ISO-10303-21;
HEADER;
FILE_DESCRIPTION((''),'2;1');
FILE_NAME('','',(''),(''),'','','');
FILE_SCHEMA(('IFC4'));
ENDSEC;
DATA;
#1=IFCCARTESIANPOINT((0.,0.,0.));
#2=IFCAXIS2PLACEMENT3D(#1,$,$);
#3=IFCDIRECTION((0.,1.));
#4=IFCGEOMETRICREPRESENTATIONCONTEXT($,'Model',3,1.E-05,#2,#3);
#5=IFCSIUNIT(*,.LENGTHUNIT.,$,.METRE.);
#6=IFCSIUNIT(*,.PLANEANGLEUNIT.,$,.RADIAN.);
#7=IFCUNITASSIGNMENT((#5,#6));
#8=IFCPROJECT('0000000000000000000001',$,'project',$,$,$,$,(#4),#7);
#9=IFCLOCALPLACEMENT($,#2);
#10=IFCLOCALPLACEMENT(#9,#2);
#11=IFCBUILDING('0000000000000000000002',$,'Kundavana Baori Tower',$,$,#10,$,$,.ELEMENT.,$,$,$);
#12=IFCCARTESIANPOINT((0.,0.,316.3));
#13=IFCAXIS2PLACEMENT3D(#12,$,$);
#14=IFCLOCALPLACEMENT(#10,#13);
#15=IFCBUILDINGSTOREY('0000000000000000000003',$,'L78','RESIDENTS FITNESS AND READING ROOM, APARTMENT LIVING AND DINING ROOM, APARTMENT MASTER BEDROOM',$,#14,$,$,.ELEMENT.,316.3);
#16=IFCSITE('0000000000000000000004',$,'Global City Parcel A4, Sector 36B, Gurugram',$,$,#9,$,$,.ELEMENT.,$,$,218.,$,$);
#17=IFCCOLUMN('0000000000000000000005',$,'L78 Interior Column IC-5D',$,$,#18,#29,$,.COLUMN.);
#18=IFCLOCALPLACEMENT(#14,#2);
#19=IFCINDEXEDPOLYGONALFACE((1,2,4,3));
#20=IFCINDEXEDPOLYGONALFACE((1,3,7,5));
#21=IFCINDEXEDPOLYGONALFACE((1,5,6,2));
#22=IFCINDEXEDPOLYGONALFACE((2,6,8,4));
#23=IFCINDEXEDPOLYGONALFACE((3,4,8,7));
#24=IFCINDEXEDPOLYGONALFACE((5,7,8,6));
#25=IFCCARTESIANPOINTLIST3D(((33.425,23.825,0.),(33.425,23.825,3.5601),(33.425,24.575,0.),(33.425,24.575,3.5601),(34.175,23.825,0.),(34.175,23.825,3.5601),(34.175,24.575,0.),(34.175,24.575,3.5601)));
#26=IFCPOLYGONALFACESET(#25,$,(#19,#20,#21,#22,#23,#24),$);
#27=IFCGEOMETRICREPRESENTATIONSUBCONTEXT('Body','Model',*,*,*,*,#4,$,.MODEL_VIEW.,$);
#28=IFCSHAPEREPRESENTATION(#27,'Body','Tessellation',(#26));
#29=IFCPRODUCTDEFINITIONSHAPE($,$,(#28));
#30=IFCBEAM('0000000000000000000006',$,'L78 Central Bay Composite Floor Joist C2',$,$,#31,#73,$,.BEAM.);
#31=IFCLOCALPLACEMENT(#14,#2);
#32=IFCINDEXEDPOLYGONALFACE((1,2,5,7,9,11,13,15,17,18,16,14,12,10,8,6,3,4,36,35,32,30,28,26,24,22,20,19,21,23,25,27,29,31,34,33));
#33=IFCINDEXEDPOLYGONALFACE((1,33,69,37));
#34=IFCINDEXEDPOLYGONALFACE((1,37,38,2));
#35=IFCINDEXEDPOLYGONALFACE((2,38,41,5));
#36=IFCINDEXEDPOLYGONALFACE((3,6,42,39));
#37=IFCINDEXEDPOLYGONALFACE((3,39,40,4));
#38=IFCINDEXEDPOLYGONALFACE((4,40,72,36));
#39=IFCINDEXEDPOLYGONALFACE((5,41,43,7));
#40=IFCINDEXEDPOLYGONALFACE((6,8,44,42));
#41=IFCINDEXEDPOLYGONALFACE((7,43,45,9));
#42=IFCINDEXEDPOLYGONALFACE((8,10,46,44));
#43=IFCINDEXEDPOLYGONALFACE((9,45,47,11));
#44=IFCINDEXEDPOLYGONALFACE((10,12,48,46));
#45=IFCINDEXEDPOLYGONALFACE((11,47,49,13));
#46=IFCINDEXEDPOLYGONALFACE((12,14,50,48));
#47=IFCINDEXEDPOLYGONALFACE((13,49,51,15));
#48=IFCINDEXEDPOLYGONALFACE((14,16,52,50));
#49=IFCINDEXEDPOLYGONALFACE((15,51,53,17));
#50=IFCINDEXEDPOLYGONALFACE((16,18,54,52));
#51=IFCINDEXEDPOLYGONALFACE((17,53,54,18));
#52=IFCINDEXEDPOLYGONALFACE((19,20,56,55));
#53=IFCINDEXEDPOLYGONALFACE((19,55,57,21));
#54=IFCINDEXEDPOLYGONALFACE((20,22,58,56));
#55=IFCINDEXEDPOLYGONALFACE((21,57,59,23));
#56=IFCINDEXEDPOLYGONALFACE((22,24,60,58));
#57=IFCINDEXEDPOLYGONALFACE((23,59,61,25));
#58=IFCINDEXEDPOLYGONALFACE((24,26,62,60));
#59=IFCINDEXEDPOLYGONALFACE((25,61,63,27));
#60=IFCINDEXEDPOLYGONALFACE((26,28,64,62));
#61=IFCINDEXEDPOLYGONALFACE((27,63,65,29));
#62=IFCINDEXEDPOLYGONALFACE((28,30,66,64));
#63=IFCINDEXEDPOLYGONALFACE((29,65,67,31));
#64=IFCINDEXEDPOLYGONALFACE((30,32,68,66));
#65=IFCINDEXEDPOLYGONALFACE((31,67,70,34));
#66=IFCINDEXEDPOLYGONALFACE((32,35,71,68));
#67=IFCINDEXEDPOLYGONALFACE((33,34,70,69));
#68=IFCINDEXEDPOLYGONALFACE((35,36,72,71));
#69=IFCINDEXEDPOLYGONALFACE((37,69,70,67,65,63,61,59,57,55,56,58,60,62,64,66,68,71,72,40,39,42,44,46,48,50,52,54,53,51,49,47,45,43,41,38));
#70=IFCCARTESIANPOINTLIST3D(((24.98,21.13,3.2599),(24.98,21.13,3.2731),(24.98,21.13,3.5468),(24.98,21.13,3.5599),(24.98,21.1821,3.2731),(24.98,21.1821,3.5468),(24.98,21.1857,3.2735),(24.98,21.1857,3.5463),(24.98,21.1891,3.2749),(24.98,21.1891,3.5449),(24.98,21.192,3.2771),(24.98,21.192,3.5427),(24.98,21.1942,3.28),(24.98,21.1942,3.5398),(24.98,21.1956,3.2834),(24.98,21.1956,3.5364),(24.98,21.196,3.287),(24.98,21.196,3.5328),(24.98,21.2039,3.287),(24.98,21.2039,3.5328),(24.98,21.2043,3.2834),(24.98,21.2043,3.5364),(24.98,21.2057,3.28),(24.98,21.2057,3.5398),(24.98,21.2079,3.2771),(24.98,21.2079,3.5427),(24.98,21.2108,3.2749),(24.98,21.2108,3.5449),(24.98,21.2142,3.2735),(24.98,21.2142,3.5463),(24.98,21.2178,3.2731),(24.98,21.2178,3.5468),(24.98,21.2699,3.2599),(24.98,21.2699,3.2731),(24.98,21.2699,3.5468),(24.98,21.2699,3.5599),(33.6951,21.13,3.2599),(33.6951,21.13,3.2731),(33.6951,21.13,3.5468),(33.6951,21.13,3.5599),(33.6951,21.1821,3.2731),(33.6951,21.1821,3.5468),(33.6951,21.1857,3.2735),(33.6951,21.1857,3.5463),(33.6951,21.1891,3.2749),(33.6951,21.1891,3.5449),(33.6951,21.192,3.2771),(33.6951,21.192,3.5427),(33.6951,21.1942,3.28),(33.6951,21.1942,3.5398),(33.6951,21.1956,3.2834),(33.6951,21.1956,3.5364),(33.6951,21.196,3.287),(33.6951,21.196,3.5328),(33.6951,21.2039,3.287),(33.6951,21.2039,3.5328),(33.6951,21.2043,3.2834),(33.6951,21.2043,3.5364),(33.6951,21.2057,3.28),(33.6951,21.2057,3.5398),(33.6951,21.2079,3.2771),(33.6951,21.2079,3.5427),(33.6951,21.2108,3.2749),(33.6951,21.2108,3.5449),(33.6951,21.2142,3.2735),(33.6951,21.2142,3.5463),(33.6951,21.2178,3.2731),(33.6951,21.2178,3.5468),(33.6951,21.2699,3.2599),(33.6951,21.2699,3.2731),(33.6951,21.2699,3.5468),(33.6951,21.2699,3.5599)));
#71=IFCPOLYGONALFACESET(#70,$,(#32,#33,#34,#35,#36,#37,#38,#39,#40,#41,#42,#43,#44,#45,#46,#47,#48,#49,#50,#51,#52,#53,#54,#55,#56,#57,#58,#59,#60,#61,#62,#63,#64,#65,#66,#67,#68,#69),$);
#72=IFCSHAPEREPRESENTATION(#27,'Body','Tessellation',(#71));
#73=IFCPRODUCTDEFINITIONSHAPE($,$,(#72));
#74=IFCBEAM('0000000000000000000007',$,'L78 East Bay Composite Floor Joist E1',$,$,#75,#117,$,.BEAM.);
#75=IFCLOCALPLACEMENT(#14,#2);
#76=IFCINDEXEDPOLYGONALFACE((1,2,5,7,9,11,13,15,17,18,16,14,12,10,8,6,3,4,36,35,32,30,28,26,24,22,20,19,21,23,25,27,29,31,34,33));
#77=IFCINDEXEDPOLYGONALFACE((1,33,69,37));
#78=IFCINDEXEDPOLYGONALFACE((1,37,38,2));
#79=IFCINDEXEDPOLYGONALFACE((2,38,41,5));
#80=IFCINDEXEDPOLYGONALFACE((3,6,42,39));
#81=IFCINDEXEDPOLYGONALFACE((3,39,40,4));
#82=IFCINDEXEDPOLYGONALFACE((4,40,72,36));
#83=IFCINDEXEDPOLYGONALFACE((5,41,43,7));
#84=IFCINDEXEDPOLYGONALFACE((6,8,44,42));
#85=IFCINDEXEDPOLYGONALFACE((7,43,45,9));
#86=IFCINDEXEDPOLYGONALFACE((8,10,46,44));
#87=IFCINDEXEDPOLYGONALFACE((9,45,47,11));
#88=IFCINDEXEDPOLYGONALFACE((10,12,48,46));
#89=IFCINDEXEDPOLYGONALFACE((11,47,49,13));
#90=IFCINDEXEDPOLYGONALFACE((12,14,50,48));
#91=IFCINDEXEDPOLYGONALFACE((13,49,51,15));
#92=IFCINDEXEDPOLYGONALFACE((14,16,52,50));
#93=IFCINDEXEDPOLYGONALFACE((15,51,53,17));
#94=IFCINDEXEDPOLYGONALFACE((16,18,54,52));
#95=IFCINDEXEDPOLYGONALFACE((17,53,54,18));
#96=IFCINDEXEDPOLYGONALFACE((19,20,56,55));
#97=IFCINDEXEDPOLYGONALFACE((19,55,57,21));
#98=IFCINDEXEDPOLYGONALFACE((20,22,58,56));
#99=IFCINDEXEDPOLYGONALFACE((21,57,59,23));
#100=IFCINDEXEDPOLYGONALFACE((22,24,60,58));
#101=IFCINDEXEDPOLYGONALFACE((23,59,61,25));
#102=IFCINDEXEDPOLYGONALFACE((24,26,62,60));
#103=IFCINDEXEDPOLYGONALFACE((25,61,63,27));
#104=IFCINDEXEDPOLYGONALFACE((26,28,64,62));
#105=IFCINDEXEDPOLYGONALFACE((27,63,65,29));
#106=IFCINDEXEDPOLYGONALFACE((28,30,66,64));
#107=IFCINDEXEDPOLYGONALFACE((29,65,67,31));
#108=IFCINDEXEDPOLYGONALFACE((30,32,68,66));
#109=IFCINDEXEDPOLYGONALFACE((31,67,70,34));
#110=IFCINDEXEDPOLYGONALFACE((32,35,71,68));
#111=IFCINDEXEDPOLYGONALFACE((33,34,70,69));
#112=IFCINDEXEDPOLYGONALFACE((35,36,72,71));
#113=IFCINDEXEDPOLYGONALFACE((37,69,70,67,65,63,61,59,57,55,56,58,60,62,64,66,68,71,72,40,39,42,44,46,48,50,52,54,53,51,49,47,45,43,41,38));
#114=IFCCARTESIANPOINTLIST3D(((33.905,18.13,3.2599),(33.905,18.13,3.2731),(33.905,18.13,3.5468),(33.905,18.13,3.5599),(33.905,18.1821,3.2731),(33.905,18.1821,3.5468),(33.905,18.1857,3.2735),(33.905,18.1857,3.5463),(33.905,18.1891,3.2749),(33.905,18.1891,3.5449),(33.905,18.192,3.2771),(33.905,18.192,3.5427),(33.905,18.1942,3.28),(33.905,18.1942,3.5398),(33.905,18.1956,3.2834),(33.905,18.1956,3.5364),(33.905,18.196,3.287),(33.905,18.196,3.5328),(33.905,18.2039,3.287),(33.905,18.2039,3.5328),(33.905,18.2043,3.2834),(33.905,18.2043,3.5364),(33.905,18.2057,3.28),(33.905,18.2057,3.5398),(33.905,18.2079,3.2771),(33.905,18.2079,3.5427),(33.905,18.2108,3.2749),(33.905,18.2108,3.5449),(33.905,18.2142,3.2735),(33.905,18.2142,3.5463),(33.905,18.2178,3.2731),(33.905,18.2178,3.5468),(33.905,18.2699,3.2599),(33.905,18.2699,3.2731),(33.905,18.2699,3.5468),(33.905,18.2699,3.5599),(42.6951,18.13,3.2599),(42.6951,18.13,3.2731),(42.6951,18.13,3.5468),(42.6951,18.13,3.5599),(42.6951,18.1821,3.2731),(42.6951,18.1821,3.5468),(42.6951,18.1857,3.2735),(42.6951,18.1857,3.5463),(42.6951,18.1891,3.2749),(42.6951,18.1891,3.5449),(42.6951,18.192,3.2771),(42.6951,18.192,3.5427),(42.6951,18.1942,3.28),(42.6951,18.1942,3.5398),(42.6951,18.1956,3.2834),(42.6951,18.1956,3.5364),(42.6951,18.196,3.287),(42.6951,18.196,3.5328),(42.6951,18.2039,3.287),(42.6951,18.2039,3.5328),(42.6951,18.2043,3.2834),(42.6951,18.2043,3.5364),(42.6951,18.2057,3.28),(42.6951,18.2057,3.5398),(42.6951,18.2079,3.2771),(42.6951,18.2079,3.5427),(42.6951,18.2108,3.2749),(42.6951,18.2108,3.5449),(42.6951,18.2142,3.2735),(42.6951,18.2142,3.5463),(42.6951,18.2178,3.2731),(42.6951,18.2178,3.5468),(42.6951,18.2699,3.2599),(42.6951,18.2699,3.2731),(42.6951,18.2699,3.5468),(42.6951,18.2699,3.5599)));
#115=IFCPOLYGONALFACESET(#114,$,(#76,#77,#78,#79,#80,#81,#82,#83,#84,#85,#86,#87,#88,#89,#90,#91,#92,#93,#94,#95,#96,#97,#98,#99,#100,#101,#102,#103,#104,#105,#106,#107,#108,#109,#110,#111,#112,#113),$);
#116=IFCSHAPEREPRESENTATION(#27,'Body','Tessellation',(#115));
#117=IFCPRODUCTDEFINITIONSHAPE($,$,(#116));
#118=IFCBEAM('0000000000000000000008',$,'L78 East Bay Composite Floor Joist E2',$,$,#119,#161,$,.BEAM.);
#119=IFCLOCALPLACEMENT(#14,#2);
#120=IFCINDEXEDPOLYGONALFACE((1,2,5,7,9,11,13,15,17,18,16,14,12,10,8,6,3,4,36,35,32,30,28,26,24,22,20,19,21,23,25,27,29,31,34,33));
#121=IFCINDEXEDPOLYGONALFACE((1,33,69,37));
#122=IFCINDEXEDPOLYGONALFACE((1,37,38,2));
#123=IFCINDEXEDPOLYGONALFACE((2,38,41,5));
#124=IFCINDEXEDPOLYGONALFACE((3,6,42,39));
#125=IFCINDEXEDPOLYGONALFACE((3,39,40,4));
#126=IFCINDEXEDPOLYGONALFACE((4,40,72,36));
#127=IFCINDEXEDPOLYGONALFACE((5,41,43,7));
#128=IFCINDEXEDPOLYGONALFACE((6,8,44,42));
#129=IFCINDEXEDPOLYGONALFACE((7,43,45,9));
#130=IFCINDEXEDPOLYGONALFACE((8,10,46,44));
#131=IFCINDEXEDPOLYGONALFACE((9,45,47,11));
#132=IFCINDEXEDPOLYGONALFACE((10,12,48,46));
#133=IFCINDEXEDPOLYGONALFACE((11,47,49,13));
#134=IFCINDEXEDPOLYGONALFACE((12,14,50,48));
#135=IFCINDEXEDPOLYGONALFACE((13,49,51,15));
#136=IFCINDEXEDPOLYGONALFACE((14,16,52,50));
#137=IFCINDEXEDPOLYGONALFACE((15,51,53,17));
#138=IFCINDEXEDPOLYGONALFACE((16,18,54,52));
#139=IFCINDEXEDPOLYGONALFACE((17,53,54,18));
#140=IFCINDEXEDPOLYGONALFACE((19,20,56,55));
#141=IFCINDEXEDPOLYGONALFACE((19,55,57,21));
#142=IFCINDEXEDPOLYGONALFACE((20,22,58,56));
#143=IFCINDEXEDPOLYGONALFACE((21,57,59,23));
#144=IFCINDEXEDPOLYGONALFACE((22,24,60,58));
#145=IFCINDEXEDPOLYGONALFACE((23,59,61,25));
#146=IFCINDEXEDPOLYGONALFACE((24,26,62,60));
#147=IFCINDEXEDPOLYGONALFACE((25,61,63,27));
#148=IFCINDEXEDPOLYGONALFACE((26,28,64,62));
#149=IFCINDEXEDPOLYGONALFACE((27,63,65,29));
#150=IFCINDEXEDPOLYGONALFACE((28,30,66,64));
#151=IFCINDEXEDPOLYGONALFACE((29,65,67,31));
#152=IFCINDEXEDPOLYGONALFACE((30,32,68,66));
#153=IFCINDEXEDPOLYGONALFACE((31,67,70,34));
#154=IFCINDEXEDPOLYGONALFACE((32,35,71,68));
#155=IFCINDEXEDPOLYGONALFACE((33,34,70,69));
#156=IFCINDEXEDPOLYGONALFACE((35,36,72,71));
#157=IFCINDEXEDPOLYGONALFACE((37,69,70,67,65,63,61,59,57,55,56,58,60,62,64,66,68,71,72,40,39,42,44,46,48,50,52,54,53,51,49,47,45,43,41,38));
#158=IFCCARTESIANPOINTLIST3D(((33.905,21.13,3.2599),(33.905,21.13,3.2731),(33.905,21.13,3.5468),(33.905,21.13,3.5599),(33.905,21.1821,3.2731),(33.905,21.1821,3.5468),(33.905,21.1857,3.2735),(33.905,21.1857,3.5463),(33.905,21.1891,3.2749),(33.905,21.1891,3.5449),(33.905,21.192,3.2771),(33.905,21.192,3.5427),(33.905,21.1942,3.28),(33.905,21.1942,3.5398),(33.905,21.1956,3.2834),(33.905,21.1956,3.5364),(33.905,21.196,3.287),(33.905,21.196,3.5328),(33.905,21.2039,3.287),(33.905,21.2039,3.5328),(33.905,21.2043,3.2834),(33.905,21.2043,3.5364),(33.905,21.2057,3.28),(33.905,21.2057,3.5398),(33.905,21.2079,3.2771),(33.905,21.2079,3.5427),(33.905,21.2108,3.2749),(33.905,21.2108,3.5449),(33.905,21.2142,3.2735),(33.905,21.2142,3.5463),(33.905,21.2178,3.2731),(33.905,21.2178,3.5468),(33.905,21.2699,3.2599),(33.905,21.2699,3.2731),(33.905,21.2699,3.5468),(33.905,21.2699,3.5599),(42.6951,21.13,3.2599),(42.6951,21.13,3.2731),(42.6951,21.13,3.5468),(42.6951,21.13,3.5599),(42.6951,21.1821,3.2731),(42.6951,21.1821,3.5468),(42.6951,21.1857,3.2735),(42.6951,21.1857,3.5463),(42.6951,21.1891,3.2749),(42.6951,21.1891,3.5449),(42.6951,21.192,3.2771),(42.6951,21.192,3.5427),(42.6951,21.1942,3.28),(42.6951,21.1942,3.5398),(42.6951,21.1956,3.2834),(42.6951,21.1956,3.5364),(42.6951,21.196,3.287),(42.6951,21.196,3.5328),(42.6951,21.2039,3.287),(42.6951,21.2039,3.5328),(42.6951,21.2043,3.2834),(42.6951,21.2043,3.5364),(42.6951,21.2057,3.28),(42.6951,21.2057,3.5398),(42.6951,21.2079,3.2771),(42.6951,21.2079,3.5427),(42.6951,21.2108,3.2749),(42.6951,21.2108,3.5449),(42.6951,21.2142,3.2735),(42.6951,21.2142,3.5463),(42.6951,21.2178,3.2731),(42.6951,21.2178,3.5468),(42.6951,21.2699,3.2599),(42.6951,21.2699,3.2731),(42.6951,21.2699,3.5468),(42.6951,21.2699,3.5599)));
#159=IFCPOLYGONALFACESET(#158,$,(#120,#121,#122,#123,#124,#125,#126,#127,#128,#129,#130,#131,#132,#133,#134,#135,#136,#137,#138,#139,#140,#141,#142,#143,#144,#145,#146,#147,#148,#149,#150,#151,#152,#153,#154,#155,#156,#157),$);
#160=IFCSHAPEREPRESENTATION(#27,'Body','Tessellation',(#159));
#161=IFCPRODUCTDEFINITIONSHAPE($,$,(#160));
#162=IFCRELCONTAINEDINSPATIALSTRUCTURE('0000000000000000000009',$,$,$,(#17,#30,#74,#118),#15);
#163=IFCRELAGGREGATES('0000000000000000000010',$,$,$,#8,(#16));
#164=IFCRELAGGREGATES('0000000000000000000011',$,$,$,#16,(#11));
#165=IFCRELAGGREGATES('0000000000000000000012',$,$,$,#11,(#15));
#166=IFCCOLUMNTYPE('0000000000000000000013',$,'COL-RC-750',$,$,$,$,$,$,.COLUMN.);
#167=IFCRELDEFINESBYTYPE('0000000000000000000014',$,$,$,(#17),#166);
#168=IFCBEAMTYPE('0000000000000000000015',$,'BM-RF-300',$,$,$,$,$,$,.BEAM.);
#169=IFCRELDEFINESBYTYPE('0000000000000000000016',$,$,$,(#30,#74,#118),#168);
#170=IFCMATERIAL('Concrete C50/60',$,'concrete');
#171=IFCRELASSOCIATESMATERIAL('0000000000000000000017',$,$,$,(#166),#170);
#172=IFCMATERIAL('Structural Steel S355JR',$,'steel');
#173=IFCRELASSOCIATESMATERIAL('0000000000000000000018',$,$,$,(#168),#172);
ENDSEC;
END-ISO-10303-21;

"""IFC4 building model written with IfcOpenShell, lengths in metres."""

from ifc_helpers import new_model, si_unit, direction, frame, origin, origin_2d, place, context, subcontext, project, spatial, rectangle, i_section, extrude, material, material_profile, profile_set, type_object, element, save


model = new_model("IFC4")

# Units and contexts
model_context = context("Model", 3, precision=1e-05, world=origin(), true_north=direction((0.0, 1.0)))
body_context = subcontext(model_context, "Body", "Model", "MODEL_VIEW")
ifc_project = project(units=[si_unit("LENGTHUNIT", "METRE"), si_unit("PLANEANGLEUNIT", "RADIAN")], contexts=[model_context])

# Site, building, storey
site_placement = place(None, origin())
site = spatial("IfcSite", under=ifc_project, at=site_placement, Name="Global City Parcel A4, Sector 36B, Gurugram", CompositionType="ELEMENT", RefElevation=218.0)
building_placement = place(site_placement, origin())
building = spatial("IfcBuilding", under=site, at=building_placement, Name="Kundavana Baori Tower", CompositionType="ELEMENT")
storey_placement = place(building_placement, frame((0.0, 0.0, 316.3)))
storey = spatial("IfcBuildingStorey", under=building, at=storey_placement, Name="L78", Description="RESIDENTS FITNESS AND READING ROOM, APARTMENT LIVING AND DINING ROOM, APARTMENT MASTER BEDROOM", CompositionType="ELEMENT", Elevation=316.3)

# Column
ifc_material_1 = material(Name="Concrete C50/60", Category="concrete")
ifc_material_profile_1 = material_profile(ifc_material_1, rectangle(XDim=0.75, YDim=0.75, at=origin_2d()), Name="RC 750x750")
ifc_profile_set_1 = profile_set([ifc_material_profile_1], Name="Concrete C50/60")
column_type = type_object("IfcColumnType", Name="COL-RC-750", PredefinedType="COLUMN", material=ifc_profile_set_1)
column_placement = place(storey_placement, frame((33.8, 24.2, 0.0), z_axis=(0.0, 0.0, 1.0), x_axis=(1.0, 0.0, 0.0)))
element("IfcColumn", 1, at=column_placement, inside=storey, type_object=column_type, Name="L78 Interior Column IC-5D", PredefinedType="COLUMN", context=body_context, shape_type="SweptSolid", body=[
    extrude(rectangle(XDim=0.75, YDim=0.75, at=origin_2d()), origin(), (0.0, 0.0, 1.0), 3.5601),
])

# Beams
ifc_material_2 = material(Name="Structural Steel S355JR", Category="steel")
ifc_material_profile_2 = material_profile(ifc_material_2, i_section(OverallWidth=0.1399, OverallDepth=0.3, WebThickness=0.0078, FlangeThickness=0.0132, FilletRadius=0.0139, at=origin_2d()), Name="ISMB 300")
ifc_profile_set_2 = profile_set([ifc_material_profile_2], Name="Structural Steel S355JR")
beam_type_1 = type_object("IfcBeamType", Name="BM-RF-300", PredefinedType="BEAM", material=ifc_profile_set_2)
beam_1_placement = place(storey_placement, frame((24.98, 21.2, 3.4099), z_axis=(1.0, 0.0, 0.0), x_axis=(0.0, 1.0, 0.0)))
element("IfcBeam", 2, at=beam_1_placement, inside=storey, type_object=beam_type_1, Name="L78 Central Bay Composite Floor Joist C2", PredefinedType="BEAM", context=body_context, shape_type="SweptSolid", body=[
    extrude(i_section(OverallWidth=0.1399, OverallDepth=0.3, WebThickness=0.0078, FlangeThickness=0.0132, FilletRadius=0.0139, at=origin_2d()), origin(), (0.0, 0.0, 1.0), 8.7151),
])
for number, where, z_axis, x_axis, name in (
    (3, (33.905, 18.2, 3.4099), (1.0, 0.0, 0.0), (0.0, 1.0, 0.0), "L78 East Bay Composite Floor Joist E1"),
    (4, (33.905, 21.2, 3.4099), (1.0, 0.0, 0.0), (0.0, 1.0, 0.0), "L78 East Bay Composite Floor Joist E2"),
):
    element("IfcBeam", number, at=place(storey_placement, frame(where, z_axis=z_axis, x_axis=x_axis)), inside=storey, type_object=beam_type_1, Name=name, PredefinedType="BEAM", context=body_context, shape_type="SweptSolid", body=[
        extrude(i_section(OverallWidth=0.1399, OverallDepth=0.3, WebThickness=0.0078, FlangeThickness=0.0132, FilletRadius=0.0139, at=origin_2d()), origin(), (0.0, 0.0, 1.0), 8.79),
    ])

save(model, "model.ifc")
